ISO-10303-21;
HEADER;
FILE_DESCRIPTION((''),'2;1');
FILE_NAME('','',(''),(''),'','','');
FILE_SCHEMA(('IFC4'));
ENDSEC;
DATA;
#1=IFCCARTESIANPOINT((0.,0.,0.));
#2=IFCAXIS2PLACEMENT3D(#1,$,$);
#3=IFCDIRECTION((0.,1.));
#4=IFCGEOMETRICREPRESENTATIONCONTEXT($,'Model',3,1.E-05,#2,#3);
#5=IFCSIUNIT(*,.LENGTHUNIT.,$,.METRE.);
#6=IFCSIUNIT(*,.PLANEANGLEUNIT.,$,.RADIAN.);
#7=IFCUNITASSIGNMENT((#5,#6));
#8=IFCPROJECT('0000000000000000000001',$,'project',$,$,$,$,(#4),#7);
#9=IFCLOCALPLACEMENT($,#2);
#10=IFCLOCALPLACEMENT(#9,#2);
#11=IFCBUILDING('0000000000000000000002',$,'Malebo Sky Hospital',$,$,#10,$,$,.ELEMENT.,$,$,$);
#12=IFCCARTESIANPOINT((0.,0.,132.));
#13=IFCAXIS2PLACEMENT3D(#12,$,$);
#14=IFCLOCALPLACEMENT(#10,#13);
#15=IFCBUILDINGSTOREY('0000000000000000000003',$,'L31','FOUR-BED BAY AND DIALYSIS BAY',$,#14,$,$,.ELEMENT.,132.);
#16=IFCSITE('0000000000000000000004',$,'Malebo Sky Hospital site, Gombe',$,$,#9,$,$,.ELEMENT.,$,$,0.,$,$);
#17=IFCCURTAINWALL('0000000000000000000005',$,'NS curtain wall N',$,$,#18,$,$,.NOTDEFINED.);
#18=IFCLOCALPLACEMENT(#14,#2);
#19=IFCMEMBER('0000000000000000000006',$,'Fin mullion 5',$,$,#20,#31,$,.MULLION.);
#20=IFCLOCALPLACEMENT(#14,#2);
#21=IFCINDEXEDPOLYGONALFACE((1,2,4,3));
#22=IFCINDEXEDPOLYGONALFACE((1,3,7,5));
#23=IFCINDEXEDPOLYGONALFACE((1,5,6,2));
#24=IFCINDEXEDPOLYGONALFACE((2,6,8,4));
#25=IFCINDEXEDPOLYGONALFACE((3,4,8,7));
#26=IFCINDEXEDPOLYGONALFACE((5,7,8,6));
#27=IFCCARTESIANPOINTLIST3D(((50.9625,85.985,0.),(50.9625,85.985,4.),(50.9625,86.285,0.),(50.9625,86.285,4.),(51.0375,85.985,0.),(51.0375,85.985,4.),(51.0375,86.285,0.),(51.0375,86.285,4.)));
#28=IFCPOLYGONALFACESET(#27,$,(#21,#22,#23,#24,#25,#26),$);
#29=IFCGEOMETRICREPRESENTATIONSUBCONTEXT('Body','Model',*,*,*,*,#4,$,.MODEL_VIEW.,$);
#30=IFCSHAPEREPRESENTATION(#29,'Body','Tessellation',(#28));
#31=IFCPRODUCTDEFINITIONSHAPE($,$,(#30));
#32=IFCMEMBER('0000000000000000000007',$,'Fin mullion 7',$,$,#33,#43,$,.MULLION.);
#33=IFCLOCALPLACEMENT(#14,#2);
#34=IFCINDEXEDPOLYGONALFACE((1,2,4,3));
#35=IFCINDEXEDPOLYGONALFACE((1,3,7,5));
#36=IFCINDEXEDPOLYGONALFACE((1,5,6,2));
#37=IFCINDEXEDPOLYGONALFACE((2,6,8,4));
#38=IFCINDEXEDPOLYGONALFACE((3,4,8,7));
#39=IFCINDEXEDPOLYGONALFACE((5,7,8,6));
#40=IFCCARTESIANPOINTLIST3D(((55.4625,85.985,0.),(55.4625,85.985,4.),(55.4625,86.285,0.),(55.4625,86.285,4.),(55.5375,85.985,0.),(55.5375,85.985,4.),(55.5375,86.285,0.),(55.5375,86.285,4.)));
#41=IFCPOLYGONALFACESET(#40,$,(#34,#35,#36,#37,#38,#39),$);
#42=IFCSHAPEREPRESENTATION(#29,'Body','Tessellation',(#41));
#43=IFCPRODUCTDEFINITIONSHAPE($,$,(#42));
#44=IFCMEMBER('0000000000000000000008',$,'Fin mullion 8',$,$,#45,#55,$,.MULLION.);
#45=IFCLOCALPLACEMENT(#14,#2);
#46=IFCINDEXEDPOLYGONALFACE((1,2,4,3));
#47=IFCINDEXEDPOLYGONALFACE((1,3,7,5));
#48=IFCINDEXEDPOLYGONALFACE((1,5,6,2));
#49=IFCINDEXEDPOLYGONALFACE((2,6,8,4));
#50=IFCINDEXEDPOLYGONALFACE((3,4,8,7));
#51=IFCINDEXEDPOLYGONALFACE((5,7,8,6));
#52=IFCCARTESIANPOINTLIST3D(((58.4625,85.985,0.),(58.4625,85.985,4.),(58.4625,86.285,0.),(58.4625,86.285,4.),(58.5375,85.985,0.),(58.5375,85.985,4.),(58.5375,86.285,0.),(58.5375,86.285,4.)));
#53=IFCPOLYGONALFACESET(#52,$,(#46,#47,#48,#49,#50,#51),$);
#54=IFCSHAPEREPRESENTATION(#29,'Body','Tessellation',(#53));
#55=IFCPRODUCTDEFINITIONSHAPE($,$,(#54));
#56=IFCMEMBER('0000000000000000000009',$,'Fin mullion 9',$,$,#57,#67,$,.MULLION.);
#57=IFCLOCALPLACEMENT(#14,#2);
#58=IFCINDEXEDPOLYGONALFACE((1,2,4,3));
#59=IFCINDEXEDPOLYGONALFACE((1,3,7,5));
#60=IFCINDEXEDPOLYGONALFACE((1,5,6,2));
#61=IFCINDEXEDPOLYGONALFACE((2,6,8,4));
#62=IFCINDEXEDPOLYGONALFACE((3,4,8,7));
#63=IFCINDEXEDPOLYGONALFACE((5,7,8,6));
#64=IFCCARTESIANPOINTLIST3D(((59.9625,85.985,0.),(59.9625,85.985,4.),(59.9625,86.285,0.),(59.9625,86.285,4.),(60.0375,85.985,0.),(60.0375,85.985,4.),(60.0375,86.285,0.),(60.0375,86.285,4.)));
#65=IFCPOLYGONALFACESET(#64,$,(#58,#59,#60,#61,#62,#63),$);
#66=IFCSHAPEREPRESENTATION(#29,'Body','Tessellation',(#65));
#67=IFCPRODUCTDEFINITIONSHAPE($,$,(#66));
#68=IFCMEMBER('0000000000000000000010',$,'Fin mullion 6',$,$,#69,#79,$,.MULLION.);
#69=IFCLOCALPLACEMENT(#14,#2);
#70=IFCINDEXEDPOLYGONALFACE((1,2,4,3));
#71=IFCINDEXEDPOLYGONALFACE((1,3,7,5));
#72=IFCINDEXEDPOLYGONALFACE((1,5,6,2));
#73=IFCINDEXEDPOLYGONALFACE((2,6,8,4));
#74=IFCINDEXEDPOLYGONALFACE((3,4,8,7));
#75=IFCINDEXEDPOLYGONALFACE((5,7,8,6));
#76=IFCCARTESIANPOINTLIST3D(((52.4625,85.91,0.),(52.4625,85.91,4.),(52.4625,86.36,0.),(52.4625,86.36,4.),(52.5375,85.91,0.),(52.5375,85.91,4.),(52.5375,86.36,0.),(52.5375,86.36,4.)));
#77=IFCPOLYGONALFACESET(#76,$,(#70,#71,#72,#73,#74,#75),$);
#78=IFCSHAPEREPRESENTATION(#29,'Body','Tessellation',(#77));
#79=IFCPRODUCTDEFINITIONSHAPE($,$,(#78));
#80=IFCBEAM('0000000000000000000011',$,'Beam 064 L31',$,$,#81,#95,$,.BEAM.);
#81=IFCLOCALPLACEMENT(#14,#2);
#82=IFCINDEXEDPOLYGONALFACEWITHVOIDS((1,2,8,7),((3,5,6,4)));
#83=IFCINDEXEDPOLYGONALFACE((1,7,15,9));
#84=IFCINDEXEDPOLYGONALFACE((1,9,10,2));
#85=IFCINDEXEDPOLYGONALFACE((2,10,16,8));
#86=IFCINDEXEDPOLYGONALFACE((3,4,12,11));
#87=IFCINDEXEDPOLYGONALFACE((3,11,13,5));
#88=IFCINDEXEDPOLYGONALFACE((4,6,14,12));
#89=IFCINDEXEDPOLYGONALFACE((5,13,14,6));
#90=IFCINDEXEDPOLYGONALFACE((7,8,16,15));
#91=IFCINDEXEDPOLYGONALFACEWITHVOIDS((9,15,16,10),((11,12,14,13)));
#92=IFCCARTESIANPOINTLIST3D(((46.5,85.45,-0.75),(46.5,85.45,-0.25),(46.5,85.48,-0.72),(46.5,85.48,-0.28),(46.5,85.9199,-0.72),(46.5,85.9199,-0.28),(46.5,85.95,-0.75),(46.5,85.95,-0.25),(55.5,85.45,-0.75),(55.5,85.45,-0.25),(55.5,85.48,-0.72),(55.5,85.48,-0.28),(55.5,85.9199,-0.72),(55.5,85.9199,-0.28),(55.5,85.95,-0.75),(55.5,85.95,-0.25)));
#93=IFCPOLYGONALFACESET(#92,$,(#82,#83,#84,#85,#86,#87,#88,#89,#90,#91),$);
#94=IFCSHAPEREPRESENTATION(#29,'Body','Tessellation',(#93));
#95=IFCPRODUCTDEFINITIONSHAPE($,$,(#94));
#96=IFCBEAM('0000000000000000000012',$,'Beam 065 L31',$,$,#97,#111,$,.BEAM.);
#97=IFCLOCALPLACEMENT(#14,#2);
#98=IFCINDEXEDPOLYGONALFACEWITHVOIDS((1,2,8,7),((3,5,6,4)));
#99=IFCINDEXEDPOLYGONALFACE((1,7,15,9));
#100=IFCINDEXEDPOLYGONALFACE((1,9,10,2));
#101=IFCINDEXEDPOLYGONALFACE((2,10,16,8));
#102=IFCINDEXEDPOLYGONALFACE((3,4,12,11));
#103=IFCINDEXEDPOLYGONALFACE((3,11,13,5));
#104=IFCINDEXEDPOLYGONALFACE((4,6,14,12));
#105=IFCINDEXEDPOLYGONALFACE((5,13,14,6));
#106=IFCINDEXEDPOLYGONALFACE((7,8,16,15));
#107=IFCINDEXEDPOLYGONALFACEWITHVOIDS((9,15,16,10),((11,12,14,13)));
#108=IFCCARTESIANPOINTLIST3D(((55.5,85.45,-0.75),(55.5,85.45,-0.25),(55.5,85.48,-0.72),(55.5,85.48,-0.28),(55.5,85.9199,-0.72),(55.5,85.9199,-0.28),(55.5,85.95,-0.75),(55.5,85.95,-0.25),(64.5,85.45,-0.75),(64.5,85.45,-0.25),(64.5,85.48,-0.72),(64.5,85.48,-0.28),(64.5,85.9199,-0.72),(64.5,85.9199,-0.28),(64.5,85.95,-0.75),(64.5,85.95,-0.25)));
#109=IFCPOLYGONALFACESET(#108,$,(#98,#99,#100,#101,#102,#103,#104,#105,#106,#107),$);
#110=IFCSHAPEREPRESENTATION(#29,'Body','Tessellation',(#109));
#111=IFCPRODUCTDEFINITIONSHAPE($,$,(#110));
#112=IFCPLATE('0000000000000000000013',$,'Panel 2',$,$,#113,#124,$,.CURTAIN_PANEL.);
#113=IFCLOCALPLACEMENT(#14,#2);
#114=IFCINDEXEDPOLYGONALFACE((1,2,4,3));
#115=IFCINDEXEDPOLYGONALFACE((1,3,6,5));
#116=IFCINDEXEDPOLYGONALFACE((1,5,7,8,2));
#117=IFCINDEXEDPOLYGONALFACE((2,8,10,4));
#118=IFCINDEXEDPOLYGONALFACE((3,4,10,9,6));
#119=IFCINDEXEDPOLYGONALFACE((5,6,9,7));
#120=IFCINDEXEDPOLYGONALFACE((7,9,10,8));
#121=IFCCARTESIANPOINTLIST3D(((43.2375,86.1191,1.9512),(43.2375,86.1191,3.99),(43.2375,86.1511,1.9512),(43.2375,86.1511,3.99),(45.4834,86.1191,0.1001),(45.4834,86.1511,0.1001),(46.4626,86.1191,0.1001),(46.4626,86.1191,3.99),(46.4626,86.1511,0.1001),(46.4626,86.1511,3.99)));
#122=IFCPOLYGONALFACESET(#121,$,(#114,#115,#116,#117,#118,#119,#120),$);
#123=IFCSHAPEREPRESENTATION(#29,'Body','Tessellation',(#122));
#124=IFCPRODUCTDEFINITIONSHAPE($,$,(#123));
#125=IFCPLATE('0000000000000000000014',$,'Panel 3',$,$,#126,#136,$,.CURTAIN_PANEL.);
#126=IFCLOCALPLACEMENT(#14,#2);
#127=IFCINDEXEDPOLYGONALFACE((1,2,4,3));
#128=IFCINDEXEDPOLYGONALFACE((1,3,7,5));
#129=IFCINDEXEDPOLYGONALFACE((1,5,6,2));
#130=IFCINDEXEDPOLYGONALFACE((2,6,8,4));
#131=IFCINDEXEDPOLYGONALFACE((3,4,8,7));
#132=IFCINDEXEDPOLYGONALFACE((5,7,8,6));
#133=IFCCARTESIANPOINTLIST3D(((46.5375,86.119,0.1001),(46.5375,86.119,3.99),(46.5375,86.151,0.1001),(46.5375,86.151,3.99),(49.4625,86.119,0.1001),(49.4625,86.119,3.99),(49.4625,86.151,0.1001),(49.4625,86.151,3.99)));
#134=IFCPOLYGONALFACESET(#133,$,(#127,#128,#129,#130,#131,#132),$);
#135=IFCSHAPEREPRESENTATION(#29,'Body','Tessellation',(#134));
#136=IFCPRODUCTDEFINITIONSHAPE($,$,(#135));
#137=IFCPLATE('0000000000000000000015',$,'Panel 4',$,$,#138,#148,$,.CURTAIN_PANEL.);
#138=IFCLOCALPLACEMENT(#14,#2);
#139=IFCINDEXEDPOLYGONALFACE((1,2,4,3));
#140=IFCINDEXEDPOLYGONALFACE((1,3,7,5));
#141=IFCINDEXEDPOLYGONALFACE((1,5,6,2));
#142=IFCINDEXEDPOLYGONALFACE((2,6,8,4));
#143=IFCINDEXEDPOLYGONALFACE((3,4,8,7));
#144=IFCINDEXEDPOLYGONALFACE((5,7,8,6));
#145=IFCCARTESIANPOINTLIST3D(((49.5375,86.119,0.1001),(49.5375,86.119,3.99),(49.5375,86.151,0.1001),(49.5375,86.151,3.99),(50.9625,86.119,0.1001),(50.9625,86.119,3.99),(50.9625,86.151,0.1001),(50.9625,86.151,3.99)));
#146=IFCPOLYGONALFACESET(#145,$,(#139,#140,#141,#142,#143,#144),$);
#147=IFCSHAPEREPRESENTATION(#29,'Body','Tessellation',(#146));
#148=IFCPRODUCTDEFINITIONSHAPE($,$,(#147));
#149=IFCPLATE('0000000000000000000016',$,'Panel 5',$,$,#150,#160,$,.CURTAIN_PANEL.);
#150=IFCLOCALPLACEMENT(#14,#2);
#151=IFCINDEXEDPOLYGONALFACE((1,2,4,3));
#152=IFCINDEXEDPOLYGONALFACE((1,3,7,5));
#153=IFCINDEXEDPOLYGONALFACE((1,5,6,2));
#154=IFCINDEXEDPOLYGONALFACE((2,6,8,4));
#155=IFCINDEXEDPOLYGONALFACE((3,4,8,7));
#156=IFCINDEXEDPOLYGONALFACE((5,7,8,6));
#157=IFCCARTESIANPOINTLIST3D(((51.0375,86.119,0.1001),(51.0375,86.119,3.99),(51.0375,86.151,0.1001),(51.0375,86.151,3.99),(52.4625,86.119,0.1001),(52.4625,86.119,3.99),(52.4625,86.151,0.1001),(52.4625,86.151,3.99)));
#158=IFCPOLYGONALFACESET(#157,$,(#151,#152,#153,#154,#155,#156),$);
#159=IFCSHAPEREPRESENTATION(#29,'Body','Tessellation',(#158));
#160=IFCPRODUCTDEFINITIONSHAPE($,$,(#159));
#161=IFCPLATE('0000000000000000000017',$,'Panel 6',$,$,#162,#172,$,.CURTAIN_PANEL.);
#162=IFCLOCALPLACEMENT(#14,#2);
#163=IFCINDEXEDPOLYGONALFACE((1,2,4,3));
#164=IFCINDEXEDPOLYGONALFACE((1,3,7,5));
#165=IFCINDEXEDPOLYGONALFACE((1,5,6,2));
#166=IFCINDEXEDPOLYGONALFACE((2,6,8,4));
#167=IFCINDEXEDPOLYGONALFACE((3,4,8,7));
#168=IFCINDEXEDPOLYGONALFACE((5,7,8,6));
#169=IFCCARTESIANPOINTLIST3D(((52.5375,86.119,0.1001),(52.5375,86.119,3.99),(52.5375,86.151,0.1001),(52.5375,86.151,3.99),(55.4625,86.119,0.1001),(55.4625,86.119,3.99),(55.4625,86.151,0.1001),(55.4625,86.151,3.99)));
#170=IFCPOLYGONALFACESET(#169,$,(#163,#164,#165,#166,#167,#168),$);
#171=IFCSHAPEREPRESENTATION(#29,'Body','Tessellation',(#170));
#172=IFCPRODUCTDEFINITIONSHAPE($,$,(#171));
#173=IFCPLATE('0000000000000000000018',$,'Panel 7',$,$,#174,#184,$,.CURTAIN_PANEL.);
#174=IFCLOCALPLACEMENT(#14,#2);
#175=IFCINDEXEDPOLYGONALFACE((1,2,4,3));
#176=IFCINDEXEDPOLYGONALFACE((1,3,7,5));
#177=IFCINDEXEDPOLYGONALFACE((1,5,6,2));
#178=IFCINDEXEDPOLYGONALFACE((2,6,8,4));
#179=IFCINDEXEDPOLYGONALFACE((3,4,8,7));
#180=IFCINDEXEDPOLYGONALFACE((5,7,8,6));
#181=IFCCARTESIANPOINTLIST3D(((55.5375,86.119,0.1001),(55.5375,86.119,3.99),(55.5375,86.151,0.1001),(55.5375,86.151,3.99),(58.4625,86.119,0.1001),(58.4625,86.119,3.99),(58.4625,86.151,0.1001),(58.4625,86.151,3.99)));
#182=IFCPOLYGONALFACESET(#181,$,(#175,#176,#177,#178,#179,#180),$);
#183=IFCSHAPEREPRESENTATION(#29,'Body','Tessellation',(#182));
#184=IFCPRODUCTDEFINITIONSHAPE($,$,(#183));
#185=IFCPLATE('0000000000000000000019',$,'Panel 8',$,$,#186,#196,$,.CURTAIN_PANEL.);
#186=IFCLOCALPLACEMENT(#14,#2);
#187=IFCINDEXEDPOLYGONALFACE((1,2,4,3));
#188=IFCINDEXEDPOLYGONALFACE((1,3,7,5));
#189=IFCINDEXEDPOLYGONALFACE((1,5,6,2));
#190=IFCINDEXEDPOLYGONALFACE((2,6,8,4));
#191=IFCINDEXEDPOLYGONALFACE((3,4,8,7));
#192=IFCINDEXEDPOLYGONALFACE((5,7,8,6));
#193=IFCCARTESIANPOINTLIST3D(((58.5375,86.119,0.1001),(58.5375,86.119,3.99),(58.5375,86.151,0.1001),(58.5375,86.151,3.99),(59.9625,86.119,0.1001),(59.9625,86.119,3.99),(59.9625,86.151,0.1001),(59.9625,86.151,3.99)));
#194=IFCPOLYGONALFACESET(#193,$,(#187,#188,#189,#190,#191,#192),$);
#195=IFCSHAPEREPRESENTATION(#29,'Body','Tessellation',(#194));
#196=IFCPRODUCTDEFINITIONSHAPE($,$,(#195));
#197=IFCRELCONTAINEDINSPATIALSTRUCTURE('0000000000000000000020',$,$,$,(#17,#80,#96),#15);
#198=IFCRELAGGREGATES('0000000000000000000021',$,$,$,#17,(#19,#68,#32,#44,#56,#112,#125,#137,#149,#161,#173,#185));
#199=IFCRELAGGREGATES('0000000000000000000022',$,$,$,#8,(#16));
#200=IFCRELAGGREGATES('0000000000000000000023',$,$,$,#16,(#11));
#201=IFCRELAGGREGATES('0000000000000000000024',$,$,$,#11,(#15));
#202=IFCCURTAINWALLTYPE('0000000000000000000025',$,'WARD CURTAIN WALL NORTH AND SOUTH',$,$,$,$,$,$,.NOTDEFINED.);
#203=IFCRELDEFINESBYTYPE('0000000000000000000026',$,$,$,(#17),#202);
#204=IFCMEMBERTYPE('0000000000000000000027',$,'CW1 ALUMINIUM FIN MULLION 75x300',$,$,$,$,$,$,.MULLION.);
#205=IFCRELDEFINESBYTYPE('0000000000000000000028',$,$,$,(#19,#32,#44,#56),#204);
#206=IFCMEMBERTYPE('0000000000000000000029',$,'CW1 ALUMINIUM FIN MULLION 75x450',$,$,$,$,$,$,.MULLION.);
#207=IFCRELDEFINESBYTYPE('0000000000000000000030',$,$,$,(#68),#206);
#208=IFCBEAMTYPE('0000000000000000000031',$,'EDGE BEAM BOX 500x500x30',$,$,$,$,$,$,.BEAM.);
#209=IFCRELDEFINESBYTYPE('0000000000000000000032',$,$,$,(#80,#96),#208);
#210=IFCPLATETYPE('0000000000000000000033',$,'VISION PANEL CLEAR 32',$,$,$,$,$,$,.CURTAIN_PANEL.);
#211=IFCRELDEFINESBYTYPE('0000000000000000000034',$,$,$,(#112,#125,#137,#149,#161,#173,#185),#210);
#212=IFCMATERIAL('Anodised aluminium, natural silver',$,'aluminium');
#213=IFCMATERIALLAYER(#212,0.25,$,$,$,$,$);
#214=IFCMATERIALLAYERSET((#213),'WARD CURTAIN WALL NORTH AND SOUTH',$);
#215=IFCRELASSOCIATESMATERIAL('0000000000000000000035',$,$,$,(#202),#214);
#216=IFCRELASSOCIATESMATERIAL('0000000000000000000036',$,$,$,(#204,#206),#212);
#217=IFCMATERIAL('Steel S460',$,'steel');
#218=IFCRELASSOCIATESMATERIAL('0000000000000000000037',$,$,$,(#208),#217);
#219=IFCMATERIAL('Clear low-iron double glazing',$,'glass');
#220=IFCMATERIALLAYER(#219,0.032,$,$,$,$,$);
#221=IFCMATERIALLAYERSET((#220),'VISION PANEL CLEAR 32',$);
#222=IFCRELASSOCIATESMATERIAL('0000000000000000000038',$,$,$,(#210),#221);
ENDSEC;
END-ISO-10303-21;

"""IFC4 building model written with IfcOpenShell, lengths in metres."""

from ifc_helpers import new_model, si_unit, direction, frame, origin, origin_2d, place, context, subcontext, project, spatial, polyline, rectangle, hollow_rectangle, outline, extrude, material, layer, layer_set, material_profile, profile_set, type_object, element, aggregate, save


model = new_model("IFC4")

# Units and contexts
model_context = context("Model", 3, precision=1e-05, world=origin(), true_north=direction((0.0, 1.0)))
body_context = subcontext(model_context, "Body", "Model", "MODEL_VIEW")
ifc_project = project(units=[si_unit("LENGTHUNIT", "METRE"), si_unit("PLANEANGLEUNIT", "RADIAN")], contexts=[model_context])

# Site, building, storey
site_placement = place(None, origin())
site = spatial("IfcSite", under=ifc_project, at=site_placement, Name="Malebo Sky Hospital site, Gombe", CompositionType="ELEMENT", RefElevation=0.0)
building_placement = place(site_placement, origin())
building = spatial("IfcBuilding", under=site, at=building_placement, Name="Malebo Sky Hospital", CompositionType="ELEMENT")
storey_placement = place(building_placement, frame((0.0, 0.0, 132.0)))
storey = spatial("IfcBuildingStorey", under=building, at=storey_placement, Name="L31", Description="FOUR-BED BAY AND DIALYSIS BAY", CompositionType="ELEMENT", Elevation=132.0)

# Shared definitions
ifc_material_1 = material(Name="Steel S460", Category="steel")

# Curtain wall
ifc_material_2 = material(Name="Anodised aluminium, natural silver", Category="aluminium")
ifc_layer_1 = layer(ifc_material_2, 0.25)
ifc_layer_set_1 = layer_set([ifc_layer_1], Name="WARD CURTAIN WALL NORTH AND SOUTH")
curtain_wall_type = type_object("IfcCurtainWallType", Name="WARD CURTAIN WALL NORTH AND SOUTH", PredefinedType="NOTDEFINED", material=ifc_layer_set_1)
curtain_wall_placement = place(storey_placement, origin())
curtain_wall = element("IfcCurtainWall", 1, at=curtain_wall_placement, inside=storey, type_object=curtain_wall_type, Name="NS curtain wall N", PredefinedType="NOTDEFINED")

# Members
ifc_material_profile_1 = material_profile(ifc_material_2, rectangle(XDim=0.075, YDim=0.3, at=origin_2d()), Name="CW1 ALUMINIUM FIN MULLION 75x300")
ifc_profile_set_1 = profile_set([ifc_material_profile_1], Name="Anodised aluminium, natural silver")
member_type_1 = type_object("IfcMemberType", Name="CW1 ALUMINIUM FIN MULLION 75x300", PredefinedType="MULLION", material=ifc_profile_set_1)
member_1_placement = place(storey_placement, frame((51.0, 86.135, 0.0), z_axis=(0.0, 0.0, 1.0), x_axis=(1.0, 0.0, 0.0)))
member_1 = element("IfcMember", 2, at=member_1_placement, type_object=member_type_1, Name="Fin mullion 5", PredefinedType="MULLION", context=body_context, shape_type="SweptSolid", body=[
    extrude(rectangle(XDim=0.075, YDim=0.3, at=origin_2d()), origin(), (0.0, 0.0, 1.0), 4.0),
])
member_2_placement = place(storey_placement, frame((55.5, 86.135, 0.0), z_axis=(0.0, 0.0, 1.0), x_axis=(1.0, 0.0, 0.0)))
member_2 = element("IfcMember", 3, at=member_2_placement, type_object=member_type_1, Name="Fin mullion 7", PredefinedType="MULLION", context=body_context, shape_type="SweptSolid", body=[
    extrude(rectangle(XDim=0.075, YDim=0.3, at=origin_2d()), origin(), (0.0, 0.0, 1.0), 4.0),
])
member_3_placement = place(storey_placement, frame((58.5, 86.135, 0.0), z_axis=(0.0, 0.0, 1.0), x_axis=(1.0, 0.0, 0.0)))
member_3 = element("IfcMember", 4, at=member_3_placement, type_object=member_type_1, Name="Fin mullion 8", PredefinedType="MULLION", context=body_context, shape_type="SweptSolid", body=[
    extrude(rectangle(XDim=0.075, YDim=0.3, at=origin_2d()), origin(), (0.0, 0.0, 1.0), 4.0),
])
member_4_placement = place(storey_placement, frame((60.0, 86.135, 0.0), z_axis=(0.0, 0.0, 1.0), x_axis=(1.0, 0.0, 0.0)))
member_4 = element("IfcMember", 5, at=member_4_placement, type_object=member_type_1, Name="Fin mullion 9", PredefinedType="MULLION", context=body_context, shape_type="SweptSolid", body=[
    extrude(rectangle(XDim=0.075, YDim=0.3, at=origin_2d()), origin(), (0.0, 0.0, 1.0), 4.0),
])
ifc_material_profile_2 = material_profile(ifc_material_2, rectangle(XDim=0.075, YDim=0.45, at=origin_2d()), Name="CW1 ALUMINIUM FIN MULLION 75x450")
ifc_profile_set_2 = profile_set([ifc_material_profile_2], Name="Anodised aluminium, natural silver")
member_type_2 = type_object("IfcMemberType", Name="CW1 ALUMINIUM FIN MULLION 75x450", PredefinedType="MULLION", material=ifc_profile_set_2)
member_5_placement = place(storey_placement, frame((52.5, 86.135, 0.0), z_axis=(0.0, 0.0, 1.0), x_axis=(1.0, 0.0, 0.0)))
member_5 = element("IfcMember", 6, at=member_5_placement, type_object=member_type_2, Name="Fin mullion 6", PredefinedType="MULLION", context=body_context, shape_type="SweptSolid", body=[
    extrude(rectangle(XDim=0.075, YDim=0.45, at=origin_2d()), origin(), (0.0, 0.0, 1.0), 4.0),
])

# Beams
ifc_material_profile_3 = material_profile(ifc_material_1, hollow_rectangle(XDim=0.5, YDim=0.5, WallThickness=0.03, at=origin_2d()), Name="BOX 500x500x30")
ifc_profile_set_3 = profile_set([ifc_material_profile_3], Name="Steel S460")
beam_type = type_object("IfcBeamType", Name="EDGE BEAM BOX 500x500x30", PredefinedType="BEAM", material=ifc_profile_set_3)
for number, where, z_axis, x_axis, name in (
    (7, (46.5, 85.7, -0.5), (1.0, 0.0, 0.0), (0.0, 1.0, 0.0), "Beam 064 L31"),
    (8, (55.5, 85.7, -0.5), (1.0, 0.0, 0.0), (0.0, 1.0, 0.0), "Beam 065 L31"),
):
    element("IfcBeam", number, at=place(storey_placement, frame(where, z_axis=z_axis, x_axis=x_axis)), inside=storey, type_object=beam_type, Name=name, PredefinedType="BEAM", context=body_context, shape_type="SweptSolid", body=[
        extrude(hollow_rectangle(XDim=0.5, YDim=0.5, WallThickness=0.03, at=origin_2d()), origin(), (0.0, 0.0, 1.0), 9.0),
    ])

# Plates
ifc_material_3 = material(Name="Clear low-iron double glazing", Category="glass")
ifc_layer_2 = layer(ifc_material_3, 0.032)
ifc_layer_set_2 = layer_set([ifc_layer_2], Name="VISION PANEL CLEAR 32")
plate_type = type_object("IfcPlateType", Name="VISION PANEL CLEAR 32", PredefinedType="CURTAIN_PANEL", material=ifc_layer_set_2)
plate_1_placement = place(storey_placement, frame((44.8501, 86.135, 0.1001), z_axis=(0.0, 0.0, 1.0), x_axis=(1.0, 0.0, 0.0)))
plate_1 = element("IfcPlate", 9, at=plate_1_placement, type_object=plate_type, Name="Panel 2", PredefinedType="CURTAIN_PANEL", context=body_context, shape_type="SweptSolid", body=[
    extrude(outline(polyline([(0.6333, 0.0), (1.6125, 0.0), (1.6125, 3.8899), (-1.6125, 3.8899), (-1.6125, 1.8511), (0.6333, 0.0)])), frame((0.0, 0.0161, 0.0), z_axis=(0.0, -1.0, 0.0), x_axis=(1.0, 0.0, 0.0)), (0.0, 0.0, 1.0), 0.032),
])
plate_2_placement = place(storey_placement, frame((48.0, 86.135, 0.1001), z_axis=(0.0, 0.0, 1.0), x_axis=(1.0, 0.0, 0.0)))
plate_2 = element("IfcPlate", 10, at=plate_2_placement, type_object=plate_type, Name="Panel 3", PredefinedType="CURTAIN_PANEL", context=body_context, shape_type="SweptSolid", body=[
    extrude(rectangle(XDim=2.925, YDim=0.032, at=origin_2d()), origin(), (0.0, 0.0, 1.0), 3.8899),
])
plate_3_placement = place(storey_placement, frame((50.25, 86.135, 0.1001), z_axis=(0.0, 0.0, 1.0), x_axis=(1.0, 0.0, 0.0)))
plate_3 = element("IfcPlate", 11, at=plate_3_placement, type_object=plate_type, Name="Panel 4", PredefinedType="CURTAIN_PANEL", context=body_context, shape_type="SweptSolid", body=[
    extrude(rectangle(XDim=1.425, YDim=0.032, at=origin_2d()), origin(), (0.0, 0.0, 1.0), 3.8899),
])
plate_4_placement = place(storey_placement, frame((51.75, 86.135, 0.1001), z_axis=(0.0, 0.0, 1.0), x_axis=(1.0, 0.0, 0.0)))
plate_4 = element("IfcPlate", 12, at=plate_4_placement, type_object=plate_type, Name="Panel 5", PredefinedType="CURTAIN_PANEL", context=body_context, shape_type="SweptSolid", body=[
    extrude(rectangle(XDim=1.425, YDim=0.032, at=origin_2d()), origin(), (0.0, 0.0, 1.0), 3.8899),
])
plate_5_placement = place(storey_placement, frame((54.0, 86.135, 0.1001), z_axis=(0.0, 0.0, 1.0), x_axis=(1.0, 0.0, 0.0)))
plate_5 = element("IfcPlate", 13, at=plate_5_placement, type_object=plate_type, Name="Panel 6", PredefinedType="CURTAIN_PANEL", context=body_context, shape_type="SweptSolid", body=[
    extrude(rectangle(XDim=2.925, YDim=0.032, at=origin_2d()), origin(), (0.0, 0.0, 1.0), 3.8899),
])
plate_6_placement = place(storey_placement, frame((57.0, 86.135, 0.1001), z_axis=(0.0, 0.0, 1.0), x_axis=(1.0, 0.0, 0.0)))
plate_6 = element("IfcPlate", 14, at=plate_6_placement, type_object=plate_type, Name="Panel 7", PredefinedType="CURTAIN_PANEL", context=body_context, shape_type="SweptSolid", body=[
    extrude(rectangle(XDim=2.925, YDim=0.032, at=origin_2d()), origin(), (0.0, 0.0, 1.0), 3.8899),
])
plate_7_placement = place(storey_placement, frame((59.25, 86.135, 0.1001), z_axis=(0.0, 0.0, 1.0), x_axis=(1.0, 0.0, 0.0)))
plate_7 = element("IfcPlate", 15, at=plate_7_placement, type_object=plate_type, Name="Panel 8", PredefinedType="CURTAIN_PANEL", context=body_context, shape_type="SweptSolid", body=[
    extrude(rectangle(XDim=1.425, YDim=0.032, at=origin_2d()), origin(), (0.0, 0.0, 1.0), 3.8899),
])
aggregate(curtain_wall, [member_1, member_5, member_2, member_3, member_4, plate_1, plate_2, plate_3, plate_4, plate_5, plate_6, plate_7])

save(model, "model.ifc")
